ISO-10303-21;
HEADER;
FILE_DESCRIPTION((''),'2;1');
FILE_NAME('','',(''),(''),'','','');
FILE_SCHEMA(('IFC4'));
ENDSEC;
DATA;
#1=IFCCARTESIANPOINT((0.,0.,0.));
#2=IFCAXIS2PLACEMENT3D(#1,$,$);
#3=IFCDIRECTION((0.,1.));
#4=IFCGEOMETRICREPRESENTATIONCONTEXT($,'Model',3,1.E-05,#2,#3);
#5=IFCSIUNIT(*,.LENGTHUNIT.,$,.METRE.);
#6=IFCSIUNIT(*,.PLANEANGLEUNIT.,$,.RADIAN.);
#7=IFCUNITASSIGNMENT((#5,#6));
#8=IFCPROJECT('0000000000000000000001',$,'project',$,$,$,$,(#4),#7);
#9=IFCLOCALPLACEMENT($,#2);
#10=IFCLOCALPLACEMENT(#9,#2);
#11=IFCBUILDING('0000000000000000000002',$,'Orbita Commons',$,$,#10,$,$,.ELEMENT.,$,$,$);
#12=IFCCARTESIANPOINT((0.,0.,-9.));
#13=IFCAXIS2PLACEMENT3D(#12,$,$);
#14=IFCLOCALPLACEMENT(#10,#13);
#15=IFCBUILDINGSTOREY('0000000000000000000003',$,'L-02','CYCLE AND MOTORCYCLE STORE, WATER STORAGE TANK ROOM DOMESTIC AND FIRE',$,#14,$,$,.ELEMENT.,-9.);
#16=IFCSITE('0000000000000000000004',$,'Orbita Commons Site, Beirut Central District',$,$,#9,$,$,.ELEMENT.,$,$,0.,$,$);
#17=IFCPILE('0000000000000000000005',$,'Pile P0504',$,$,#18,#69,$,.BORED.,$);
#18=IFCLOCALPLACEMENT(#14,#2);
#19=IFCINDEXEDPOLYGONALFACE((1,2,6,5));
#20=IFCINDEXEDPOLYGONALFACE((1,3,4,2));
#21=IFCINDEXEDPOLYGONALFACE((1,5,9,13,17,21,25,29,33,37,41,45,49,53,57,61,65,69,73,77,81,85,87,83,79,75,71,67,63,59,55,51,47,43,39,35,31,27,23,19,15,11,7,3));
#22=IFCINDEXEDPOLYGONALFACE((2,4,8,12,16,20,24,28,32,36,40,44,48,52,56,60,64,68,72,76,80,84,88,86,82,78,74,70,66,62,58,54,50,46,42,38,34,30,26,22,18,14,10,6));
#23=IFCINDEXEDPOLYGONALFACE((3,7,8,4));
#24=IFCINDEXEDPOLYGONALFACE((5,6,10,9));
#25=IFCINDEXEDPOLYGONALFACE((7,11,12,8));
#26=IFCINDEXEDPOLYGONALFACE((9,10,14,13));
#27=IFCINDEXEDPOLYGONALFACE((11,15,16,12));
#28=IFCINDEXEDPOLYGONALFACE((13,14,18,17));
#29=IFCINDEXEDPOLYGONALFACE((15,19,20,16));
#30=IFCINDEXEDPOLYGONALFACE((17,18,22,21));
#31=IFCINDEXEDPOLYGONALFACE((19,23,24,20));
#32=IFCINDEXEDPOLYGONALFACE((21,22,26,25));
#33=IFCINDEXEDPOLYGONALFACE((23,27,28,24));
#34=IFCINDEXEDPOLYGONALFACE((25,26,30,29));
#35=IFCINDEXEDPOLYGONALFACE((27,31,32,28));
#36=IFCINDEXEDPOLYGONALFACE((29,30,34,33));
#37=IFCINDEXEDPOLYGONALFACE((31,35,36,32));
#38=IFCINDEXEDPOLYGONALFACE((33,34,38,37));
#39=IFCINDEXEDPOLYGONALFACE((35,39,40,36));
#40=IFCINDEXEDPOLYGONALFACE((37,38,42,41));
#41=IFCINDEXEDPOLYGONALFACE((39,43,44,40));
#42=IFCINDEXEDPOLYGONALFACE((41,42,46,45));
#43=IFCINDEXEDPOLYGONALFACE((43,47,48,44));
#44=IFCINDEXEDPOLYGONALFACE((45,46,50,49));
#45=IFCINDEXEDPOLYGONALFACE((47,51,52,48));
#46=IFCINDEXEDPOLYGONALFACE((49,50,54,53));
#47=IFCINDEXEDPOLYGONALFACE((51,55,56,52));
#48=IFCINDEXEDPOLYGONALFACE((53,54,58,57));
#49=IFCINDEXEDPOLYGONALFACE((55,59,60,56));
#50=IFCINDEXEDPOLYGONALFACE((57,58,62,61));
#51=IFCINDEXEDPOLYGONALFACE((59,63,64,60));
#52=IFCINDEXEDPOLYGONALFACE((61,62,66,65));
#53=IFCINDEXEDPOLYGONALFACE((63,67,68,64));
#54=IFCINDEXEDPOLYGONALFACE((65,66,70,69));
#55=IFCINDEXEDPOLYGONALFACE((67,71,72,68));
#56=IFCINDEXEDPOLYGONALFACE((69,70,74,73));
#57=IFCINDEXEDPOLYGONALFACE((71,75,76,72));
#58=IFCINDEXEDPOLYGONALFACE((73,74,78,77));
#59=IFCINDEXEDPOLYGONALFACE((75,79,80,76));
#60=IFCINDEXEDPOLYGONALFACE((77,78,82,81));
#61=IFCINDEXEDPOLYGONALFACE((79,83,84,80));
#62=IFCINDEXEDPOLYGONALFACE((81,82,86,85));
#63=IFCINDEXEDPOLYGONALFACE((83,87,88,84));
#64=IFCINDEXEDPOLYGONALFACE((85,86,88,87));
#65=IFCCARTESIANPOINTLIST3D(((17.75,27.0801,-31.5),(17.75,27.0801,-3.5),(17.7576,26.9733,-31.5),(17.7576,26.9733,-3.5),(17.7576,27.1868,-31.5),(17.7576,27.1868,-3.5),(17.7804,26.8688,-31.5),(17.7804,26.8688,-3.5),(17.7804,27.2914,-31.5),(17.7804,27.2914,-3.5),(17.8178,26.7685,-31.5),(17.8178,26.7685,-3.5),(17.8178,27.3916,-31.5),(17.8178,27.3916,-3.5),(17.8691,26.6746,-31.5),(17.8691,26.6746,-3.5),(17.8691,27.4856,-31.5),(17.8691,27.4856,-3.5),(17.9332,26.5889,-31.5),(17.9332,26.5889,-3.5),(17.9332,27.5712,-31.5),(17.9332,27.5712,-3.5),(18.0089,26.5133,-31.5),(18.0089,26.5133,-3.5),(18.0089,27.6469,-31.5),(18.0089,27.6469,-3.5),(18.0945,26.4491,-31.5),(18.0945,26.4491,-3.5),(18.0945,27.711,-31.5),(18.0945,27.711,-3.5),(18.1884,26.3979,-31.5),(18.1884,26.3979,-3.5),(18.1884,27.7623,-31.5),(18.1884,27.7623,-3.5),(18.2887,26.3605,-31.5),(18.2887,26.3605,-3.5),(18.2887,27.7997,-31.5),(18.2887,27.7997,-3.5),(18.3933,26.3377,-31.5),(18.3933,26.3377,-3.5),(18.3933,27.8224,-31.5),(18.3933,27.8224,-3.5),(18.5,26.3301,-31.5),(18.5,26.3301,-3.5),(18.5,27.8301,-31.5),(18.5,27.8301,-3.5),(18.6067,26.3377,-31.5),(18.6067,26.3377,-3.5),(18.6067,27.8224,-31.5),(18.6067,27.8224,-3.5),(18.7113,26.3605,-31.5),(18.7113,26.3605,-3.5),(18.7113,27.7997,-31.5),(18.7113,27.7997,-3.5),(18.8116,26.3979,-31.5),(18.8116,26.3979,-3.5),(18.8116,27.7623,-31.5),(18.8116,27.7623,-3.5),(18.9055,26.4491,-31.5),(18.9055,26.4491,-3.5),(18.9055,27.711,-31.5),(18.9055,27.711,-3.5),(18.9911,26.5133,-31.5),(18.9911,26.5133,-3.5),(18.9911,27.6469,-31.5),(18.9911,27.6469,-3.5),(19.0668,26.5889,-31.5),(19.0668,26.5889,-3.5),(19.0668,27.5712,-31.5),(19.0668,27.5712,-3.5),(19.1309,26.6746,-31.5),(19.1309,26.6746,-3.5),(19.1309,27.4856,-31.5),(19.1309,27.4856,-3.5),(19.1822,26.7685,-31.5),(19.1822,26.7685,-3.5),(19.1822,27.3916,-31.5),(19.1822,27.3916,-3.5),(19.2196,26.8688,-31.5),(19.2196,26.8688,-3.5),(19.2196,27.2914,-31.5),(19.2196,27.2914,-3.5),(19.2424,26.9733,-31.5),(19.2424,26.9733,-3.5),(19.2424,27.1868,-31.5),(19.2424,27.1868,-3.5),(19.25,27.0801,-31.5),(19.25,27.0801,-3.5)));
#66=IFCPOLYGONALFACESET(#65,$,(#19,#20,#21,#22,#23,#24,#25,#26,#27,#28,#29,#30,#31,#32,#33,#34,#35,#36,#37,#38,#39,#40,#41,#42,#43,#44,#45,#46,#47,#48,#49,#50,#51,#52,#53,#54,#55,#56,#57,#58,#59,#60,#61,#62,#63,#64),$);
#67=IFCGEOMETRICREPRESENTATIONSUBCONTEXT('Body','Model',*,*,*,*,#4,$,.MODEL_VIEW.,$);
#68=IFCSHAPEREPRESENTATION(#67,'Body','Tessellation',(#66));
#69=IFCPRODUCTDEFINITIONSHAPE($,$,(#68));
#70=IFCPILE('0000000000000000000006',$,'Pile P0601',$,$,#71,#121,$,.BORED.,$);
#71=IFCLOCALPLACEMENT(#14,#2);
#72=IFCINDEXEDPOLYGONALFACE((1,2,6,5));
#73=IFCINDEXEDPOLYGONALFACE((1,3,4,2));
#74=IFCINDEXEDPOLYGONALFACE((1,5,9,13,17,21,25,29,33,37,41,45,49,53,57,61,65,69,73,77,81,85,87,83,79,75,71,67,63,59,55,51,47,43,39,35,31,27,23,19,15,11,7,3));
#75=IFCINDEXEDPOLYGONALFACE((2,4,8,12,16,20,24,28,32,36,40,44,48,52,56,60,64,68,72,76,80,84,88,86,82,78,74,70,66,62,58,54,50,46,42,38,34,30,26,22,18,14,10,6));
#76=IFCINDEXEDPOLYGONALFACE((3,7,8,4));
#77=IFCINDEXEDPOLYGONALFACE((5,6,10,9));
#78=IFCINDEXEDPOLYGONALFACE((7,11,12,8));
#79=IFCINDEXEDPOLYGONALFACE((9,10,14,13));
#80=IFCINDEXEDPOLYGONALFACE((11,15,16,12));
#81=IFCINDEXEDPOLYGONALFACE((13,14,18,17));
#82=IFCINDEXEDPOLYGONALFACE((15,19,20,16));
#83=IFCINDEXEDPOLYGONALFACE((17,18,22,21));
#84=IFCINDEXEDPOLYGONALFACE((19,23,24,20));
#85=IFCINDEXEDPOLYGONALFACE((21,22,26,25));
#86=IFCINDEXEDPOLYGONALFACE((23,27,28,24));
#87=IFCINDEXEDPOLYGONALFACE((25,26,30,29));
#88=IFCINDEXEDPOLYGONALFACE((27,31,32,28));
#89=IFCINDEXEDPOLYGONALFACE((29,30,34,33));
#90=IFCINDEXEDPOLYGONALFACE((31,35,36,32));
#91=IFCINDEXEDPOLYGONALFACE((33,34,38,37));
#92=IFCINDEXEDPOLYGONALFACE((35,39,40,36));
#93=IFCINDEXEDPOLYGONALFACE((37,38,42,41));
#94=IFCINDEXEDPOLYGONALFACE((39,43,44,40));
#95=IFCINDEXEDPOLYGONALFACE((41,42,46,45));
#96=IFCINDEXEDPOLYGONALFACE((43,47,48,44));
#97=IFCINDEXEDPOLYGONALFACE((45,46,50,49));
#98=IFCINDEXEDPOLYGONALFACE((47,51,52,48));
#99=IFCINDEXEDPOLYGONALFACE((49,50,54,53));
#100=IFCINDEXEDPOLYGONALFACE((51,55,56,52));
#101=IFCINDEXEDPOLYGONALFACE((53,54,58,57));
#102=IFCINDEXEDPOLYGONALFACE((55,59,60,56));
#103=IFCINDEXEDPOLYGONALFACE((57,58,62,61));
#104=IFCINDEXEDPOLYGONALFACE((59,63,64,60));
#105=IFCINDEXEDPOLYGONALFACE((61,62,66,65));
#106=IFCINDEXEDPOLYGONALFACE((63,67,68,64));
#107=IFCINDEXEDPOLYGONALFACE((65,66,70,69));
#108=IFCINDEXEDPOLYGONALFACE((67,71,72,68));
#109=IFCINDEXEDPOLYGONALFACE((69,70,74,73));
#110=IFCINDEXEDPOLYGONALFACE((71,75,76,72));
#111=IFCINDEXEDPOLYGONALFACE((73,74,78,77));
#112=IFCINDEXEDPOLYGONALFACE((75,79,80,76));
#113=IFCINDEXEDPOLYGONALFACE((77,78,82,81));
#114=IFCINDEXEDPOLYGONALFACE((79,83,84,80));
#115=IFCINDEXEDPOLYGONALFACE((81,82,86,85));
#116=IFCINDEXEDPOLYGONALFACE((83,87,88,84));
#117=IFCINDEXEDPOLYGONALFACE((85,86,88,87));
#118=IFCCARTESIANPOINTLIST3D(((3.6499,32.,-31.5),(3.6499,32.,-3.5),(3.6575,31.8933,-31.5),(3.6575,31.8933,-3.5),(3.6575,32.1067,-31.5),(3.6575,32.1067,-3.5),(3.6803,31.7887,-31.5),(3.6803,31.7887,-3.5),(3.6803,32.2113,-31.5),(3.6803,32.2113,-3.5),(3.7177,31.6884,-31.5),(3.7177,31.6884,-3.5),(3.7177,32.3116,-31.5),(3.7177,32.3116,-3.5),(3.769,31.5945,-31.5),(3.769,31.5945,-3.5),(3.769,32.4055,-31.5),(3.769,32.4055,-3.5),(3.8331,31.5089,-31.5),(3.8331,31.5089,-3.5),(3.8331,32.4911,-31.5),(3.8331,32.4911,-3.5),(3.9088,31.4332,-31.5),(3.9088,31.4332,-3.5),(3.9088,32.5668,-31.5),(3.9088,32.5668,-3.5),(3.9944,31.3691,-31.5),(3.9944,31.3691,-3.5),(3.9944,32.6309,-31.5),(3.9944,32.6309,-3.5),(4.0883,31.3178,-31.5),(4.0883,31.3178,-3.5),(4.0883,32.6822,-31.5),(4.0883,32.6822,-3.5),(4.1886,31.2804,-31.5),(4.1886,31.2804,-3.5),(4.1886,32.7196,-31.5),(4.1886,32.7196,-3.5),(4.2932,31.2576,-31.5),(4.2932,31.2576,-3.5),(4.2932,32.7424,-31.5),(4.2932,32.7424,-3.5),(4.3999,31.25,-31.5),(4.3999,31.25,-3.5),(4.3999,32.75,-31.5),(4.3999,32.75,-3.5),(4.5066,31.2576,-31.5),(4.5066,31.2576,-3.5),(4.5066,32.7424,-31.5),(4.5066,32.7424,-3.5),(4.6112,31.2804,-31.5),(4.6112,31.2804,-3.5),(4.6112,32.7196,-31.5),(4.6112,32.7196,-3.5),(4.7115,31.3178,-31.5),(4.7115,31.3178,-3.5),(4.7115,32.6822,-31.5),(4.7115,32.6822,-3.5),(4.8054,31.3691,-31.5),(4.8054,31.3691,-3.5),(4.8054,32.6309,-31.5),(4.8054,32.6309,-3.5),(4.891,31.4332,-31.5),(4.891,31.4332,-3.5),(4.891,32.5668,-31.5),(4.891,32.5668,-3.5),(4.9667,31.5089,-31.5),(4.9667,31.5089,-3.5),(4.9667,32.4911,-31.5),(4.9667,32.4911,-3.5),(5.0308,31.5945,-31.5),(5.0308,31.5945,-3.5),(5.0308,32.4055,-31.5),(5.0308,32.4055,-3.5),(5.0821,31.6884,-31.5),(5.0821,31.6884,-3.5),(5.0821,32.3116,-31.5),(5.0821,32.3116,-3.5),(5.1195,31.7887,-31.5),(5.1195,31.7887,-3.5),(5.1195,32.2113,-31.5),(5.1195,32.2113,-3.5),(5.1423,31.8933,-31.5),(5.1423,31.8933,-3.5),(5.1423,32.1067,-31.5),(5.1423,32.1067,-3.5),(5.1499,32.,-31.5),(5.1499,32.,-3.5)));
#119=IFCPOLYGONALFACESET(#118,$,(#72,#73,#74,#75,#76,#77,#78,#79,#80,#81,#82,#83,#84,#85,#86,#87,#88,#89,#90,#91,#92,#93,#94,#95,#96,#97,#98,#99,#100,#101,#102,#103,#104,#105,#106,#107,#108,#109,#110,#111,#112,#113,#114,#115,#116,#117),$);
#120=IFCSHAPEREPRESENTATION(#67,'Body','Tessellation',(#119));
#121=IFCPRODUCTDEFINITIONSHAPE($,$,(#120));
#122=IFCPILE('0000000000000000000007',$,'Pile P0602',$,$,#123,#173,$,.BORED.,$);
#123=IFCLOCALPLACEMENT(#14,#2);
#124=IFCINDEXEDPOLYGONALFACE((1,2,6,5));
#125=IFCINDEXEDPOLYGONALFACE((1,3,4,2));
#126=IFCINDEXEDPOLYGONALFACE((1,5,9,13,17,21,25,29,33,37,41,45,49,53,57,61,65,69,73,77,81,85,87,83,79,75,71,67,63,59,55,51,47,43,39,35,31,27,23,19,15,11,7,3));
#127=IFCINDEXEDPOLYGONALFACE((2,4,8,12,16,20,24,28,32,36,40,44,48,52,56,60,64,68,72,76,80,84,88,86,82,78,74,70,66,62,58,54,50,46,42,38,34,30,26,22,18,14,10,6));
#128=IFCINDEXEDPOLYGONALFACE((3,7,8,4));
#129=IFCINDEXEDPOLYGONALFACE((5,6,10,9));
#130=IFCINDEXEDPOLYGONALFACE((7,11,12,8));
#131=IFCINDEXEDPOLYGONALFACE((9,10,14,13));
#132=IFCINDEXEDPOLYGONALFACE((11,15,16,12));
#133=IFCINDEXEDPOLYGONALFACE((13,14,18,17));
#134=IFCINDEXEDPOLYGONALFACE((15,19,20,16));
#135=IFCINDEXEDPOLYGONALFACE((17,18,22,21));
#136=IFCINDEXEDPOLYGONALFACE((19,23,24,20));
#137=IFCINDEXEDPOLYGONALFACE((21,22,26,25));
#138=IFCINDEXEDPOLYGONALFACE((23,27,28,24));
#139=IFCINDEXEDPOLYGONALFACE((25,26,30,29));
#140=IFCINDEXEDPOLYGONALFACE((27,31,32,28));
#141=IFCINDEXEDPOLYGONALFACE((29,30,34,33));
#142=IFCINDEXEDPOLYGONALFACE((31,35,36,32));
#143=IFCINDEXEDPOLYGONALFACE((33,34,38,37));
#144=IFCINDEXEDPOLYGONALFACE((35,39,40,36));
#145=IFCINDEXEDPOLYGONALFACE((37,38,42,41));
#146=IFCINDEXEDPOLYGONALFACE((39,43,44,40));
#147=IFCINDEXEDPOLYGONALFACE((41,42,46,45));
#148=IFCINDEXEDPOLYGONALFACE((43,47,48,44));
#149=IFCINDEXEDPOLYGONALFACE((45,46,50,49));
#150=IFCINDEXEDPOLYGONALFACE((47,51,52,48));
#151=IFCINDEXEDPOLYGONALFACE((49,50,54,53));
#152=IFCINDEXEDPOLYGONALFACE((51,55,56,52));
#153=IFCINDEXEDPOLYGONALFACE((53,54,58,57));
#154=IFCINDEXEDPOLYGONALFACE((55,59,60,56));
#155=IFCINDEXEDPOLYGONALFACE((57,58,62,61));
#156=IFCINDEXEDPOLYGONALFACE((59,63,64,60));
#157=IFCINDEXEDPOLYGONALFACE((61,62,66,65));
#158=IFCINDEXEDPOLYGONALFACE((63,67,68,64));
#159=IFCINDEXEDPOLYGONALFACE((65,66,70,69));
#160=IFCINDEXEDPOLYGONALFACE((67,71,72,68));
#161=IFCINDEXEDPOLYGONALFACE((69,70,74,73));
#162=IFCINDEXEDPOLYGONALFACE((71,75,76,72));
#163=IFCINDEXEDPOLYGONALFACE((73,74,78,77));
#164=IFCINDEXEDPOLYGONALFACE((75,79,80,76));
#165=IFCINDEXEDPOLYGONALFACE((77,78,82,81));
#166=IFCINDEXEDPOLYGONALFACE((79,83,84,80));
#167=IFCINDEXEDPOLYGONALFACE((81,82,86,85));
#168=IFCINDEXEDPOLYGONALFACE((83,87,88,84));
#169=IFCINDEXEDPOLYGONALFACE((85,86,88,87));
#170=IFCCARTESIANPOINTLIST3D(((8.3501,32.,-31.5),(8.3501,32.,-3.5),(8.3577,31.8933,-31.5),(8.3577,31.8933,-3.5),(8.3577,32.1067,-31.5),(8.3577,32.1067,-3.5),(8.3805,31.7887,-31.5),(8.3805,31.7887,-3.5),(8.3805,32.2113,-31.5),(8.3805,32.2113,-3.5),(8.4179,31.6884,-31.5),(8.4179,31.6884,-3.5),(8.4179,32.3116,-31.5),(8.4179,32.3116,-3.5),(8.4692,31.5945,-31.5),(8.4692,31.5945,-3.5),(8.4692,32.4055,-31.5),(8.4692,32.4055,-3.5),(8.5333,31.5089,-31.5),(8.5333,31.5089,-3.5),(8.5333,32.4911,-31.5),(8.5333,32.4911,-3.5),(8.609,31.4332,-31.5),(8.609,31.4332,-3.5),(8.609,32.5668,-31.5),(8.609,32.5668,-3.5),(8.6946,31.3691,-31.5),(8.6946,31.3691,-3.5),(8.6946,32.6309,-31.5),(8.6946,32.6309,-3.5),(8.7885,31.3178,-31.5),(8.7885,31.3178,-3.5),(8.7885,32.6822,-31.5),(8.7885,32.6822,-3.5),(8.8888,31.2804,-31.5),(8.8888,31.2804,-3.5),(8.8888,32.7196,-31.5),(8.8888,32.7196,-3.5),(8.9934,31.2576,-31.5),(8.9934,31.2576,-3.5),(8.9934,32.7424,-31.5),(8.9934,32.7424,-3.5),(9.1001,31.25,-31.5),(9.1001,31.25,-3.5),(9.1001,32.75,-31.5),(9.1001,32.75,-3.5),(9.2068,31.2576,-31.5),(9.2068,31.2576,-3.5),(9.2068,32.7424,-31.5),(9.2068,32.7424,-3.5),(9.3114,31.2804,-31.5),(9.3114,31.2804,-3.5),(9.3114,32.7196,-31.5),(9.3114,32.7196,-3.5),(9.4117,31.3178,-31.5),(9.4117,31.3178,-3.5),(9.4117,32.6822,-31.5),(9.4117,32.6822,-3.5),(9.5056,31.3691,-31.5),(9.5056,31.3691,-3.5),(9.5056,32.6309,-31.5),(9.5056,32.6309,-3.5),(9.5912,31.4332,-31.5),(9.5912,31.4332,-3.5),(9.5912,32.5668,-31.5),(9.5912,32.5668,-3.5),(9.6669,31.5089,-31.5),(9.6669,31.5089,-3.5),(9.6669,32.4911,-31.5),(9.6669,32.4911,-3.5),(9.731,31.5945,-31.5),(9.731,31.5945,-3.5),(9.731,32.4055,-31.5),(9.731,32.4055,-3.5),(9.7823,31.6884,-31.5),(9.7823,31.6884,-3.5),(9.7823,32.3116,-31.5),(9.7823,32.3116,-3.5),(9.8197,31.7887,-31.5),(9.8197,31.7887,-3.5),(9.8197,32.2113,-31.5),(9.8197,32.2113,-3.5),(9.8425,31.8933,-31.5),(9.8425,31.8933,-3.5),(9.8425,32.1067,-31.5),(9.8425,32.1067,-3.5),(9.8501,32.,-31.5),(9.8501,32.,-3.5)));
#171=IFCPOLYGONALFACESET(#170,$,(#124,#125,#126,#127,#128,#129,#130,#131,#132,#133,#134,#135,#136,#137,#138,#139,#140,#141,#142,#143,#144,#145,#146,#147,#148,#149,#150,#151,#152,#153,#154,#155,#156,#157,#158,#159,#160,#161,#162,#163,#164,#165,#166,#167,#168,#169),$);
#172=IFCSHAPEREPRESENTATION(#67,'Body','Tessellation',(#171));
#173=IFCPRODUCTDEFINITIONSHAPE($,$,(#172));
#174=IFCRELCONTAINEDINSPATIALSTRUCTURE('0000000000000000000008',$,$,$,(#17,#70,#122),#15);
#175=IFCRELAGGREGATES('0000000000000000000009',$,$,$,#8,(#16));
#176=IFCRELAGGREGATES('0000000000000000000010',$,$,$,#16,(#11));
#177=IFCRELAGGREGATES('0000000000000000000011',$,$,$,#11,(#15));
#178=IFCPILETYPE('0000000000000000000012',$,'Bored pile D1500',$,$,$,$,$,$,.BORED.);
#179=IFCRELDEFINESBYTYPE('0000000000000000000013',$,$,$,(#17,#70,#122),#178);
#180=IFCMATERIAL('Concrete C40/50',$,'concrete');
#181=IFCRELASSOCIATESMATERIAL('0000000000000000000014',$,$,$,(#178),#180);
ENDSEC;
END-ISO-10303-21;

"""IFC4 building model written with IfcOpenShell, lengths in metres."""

from ifc_helpers import new_model, si_unit, direction, frame, origin, origin_2d, place, context, subcontext, project, spatial, circle, extrude, material, material_profile, profile_set, type_object, element, save


model = new_model("IFC4")

# Units and contexts
model_context = context("Model", 3, precision=1e-05, world=origin(), true_north=direction((0.0, 1.0)))
body_context = subcontext(model_context, "Body", "Model", "MODEL_VIEW")
ifc_project = project(units=[si_unit("LENGTHUNIT", "METRE"), si_unit("PLANEANGLEUNIT", "RADIAN")], contexts=[model_context])

# Site, building, storey
site_placement = place(None, origin())
site = spatial("IfcSite", under=ifc_project, at=site_placement, Name="Orbita Commons Site, Beirut Central District", CompositionType="ELEMENT", RefElevation=0.0)
building_placement = place(site_placement, origin())
building = spatial("IfcBuilding", under=site, at=building_placement, Name="Orbita Commons", CompositionType="ELEMENT")
storey_placement = place(building_placement, frame((0.0, 0.0, -9.0)))
storey = spatial("IfcBuildingStorey", under=building, at=storey_placement, Name="L-02", Description="CYCLE AND MOTORCYCLE STORE, WATER STORAGE TANK ROOM DOMESTIC AND FIRE", CompositionType="ELEMENT", Elevation=-9.0)

# Piles
ifc_material_1 = material(Name="Concrete C40/50", Category="concrete")
ifc_material_profile_1 = material_profile(ifc_material_1, circle(Radius=0.75, at=origin_2d()), Name="RC D1500")
ifc_profile_set_1 = profile_set([ifc_material_profile_1], Name="Concrete C40/50")
pile_type = type_object("IfcPileType", Name="Bored pile D1500", PredefinedType="BORED", material=ifc_profile_set_1)
for number, where, z_axis, x_axis, name in (
    (1, (18.5, 27.0801, -3.5), (0.0, 0.0, -1.0), (1.0, 0.0, 0.0), "Pile P0504"),
    (2, (4.3999, 32.0, -3.5), (0.0, 0.0, -1.0), (1.0, 0.0, 0.0), "Pile P0601"),
    (3, (9.1001, 32.0, -3.5), (0.0, 0.0, -1.0), (1.0, 0.0, 0.0), "Pile P0602"),
):
    element("IfcPile", number, at=place(storey_placement, frame(where, z_axis=z_axis, x_axis=x_axis)), inside=storey, type_object=pile_type, Name=name, PredefinedType="BORED", context=body_context, shape_type="SweptSolid", body=[
        extrude(circle(Radius=0.75, at=origin_2d()), origin(), (0.0, 0.0, 1.0), 28.0),
    ])

save(model, "model.ifc")
